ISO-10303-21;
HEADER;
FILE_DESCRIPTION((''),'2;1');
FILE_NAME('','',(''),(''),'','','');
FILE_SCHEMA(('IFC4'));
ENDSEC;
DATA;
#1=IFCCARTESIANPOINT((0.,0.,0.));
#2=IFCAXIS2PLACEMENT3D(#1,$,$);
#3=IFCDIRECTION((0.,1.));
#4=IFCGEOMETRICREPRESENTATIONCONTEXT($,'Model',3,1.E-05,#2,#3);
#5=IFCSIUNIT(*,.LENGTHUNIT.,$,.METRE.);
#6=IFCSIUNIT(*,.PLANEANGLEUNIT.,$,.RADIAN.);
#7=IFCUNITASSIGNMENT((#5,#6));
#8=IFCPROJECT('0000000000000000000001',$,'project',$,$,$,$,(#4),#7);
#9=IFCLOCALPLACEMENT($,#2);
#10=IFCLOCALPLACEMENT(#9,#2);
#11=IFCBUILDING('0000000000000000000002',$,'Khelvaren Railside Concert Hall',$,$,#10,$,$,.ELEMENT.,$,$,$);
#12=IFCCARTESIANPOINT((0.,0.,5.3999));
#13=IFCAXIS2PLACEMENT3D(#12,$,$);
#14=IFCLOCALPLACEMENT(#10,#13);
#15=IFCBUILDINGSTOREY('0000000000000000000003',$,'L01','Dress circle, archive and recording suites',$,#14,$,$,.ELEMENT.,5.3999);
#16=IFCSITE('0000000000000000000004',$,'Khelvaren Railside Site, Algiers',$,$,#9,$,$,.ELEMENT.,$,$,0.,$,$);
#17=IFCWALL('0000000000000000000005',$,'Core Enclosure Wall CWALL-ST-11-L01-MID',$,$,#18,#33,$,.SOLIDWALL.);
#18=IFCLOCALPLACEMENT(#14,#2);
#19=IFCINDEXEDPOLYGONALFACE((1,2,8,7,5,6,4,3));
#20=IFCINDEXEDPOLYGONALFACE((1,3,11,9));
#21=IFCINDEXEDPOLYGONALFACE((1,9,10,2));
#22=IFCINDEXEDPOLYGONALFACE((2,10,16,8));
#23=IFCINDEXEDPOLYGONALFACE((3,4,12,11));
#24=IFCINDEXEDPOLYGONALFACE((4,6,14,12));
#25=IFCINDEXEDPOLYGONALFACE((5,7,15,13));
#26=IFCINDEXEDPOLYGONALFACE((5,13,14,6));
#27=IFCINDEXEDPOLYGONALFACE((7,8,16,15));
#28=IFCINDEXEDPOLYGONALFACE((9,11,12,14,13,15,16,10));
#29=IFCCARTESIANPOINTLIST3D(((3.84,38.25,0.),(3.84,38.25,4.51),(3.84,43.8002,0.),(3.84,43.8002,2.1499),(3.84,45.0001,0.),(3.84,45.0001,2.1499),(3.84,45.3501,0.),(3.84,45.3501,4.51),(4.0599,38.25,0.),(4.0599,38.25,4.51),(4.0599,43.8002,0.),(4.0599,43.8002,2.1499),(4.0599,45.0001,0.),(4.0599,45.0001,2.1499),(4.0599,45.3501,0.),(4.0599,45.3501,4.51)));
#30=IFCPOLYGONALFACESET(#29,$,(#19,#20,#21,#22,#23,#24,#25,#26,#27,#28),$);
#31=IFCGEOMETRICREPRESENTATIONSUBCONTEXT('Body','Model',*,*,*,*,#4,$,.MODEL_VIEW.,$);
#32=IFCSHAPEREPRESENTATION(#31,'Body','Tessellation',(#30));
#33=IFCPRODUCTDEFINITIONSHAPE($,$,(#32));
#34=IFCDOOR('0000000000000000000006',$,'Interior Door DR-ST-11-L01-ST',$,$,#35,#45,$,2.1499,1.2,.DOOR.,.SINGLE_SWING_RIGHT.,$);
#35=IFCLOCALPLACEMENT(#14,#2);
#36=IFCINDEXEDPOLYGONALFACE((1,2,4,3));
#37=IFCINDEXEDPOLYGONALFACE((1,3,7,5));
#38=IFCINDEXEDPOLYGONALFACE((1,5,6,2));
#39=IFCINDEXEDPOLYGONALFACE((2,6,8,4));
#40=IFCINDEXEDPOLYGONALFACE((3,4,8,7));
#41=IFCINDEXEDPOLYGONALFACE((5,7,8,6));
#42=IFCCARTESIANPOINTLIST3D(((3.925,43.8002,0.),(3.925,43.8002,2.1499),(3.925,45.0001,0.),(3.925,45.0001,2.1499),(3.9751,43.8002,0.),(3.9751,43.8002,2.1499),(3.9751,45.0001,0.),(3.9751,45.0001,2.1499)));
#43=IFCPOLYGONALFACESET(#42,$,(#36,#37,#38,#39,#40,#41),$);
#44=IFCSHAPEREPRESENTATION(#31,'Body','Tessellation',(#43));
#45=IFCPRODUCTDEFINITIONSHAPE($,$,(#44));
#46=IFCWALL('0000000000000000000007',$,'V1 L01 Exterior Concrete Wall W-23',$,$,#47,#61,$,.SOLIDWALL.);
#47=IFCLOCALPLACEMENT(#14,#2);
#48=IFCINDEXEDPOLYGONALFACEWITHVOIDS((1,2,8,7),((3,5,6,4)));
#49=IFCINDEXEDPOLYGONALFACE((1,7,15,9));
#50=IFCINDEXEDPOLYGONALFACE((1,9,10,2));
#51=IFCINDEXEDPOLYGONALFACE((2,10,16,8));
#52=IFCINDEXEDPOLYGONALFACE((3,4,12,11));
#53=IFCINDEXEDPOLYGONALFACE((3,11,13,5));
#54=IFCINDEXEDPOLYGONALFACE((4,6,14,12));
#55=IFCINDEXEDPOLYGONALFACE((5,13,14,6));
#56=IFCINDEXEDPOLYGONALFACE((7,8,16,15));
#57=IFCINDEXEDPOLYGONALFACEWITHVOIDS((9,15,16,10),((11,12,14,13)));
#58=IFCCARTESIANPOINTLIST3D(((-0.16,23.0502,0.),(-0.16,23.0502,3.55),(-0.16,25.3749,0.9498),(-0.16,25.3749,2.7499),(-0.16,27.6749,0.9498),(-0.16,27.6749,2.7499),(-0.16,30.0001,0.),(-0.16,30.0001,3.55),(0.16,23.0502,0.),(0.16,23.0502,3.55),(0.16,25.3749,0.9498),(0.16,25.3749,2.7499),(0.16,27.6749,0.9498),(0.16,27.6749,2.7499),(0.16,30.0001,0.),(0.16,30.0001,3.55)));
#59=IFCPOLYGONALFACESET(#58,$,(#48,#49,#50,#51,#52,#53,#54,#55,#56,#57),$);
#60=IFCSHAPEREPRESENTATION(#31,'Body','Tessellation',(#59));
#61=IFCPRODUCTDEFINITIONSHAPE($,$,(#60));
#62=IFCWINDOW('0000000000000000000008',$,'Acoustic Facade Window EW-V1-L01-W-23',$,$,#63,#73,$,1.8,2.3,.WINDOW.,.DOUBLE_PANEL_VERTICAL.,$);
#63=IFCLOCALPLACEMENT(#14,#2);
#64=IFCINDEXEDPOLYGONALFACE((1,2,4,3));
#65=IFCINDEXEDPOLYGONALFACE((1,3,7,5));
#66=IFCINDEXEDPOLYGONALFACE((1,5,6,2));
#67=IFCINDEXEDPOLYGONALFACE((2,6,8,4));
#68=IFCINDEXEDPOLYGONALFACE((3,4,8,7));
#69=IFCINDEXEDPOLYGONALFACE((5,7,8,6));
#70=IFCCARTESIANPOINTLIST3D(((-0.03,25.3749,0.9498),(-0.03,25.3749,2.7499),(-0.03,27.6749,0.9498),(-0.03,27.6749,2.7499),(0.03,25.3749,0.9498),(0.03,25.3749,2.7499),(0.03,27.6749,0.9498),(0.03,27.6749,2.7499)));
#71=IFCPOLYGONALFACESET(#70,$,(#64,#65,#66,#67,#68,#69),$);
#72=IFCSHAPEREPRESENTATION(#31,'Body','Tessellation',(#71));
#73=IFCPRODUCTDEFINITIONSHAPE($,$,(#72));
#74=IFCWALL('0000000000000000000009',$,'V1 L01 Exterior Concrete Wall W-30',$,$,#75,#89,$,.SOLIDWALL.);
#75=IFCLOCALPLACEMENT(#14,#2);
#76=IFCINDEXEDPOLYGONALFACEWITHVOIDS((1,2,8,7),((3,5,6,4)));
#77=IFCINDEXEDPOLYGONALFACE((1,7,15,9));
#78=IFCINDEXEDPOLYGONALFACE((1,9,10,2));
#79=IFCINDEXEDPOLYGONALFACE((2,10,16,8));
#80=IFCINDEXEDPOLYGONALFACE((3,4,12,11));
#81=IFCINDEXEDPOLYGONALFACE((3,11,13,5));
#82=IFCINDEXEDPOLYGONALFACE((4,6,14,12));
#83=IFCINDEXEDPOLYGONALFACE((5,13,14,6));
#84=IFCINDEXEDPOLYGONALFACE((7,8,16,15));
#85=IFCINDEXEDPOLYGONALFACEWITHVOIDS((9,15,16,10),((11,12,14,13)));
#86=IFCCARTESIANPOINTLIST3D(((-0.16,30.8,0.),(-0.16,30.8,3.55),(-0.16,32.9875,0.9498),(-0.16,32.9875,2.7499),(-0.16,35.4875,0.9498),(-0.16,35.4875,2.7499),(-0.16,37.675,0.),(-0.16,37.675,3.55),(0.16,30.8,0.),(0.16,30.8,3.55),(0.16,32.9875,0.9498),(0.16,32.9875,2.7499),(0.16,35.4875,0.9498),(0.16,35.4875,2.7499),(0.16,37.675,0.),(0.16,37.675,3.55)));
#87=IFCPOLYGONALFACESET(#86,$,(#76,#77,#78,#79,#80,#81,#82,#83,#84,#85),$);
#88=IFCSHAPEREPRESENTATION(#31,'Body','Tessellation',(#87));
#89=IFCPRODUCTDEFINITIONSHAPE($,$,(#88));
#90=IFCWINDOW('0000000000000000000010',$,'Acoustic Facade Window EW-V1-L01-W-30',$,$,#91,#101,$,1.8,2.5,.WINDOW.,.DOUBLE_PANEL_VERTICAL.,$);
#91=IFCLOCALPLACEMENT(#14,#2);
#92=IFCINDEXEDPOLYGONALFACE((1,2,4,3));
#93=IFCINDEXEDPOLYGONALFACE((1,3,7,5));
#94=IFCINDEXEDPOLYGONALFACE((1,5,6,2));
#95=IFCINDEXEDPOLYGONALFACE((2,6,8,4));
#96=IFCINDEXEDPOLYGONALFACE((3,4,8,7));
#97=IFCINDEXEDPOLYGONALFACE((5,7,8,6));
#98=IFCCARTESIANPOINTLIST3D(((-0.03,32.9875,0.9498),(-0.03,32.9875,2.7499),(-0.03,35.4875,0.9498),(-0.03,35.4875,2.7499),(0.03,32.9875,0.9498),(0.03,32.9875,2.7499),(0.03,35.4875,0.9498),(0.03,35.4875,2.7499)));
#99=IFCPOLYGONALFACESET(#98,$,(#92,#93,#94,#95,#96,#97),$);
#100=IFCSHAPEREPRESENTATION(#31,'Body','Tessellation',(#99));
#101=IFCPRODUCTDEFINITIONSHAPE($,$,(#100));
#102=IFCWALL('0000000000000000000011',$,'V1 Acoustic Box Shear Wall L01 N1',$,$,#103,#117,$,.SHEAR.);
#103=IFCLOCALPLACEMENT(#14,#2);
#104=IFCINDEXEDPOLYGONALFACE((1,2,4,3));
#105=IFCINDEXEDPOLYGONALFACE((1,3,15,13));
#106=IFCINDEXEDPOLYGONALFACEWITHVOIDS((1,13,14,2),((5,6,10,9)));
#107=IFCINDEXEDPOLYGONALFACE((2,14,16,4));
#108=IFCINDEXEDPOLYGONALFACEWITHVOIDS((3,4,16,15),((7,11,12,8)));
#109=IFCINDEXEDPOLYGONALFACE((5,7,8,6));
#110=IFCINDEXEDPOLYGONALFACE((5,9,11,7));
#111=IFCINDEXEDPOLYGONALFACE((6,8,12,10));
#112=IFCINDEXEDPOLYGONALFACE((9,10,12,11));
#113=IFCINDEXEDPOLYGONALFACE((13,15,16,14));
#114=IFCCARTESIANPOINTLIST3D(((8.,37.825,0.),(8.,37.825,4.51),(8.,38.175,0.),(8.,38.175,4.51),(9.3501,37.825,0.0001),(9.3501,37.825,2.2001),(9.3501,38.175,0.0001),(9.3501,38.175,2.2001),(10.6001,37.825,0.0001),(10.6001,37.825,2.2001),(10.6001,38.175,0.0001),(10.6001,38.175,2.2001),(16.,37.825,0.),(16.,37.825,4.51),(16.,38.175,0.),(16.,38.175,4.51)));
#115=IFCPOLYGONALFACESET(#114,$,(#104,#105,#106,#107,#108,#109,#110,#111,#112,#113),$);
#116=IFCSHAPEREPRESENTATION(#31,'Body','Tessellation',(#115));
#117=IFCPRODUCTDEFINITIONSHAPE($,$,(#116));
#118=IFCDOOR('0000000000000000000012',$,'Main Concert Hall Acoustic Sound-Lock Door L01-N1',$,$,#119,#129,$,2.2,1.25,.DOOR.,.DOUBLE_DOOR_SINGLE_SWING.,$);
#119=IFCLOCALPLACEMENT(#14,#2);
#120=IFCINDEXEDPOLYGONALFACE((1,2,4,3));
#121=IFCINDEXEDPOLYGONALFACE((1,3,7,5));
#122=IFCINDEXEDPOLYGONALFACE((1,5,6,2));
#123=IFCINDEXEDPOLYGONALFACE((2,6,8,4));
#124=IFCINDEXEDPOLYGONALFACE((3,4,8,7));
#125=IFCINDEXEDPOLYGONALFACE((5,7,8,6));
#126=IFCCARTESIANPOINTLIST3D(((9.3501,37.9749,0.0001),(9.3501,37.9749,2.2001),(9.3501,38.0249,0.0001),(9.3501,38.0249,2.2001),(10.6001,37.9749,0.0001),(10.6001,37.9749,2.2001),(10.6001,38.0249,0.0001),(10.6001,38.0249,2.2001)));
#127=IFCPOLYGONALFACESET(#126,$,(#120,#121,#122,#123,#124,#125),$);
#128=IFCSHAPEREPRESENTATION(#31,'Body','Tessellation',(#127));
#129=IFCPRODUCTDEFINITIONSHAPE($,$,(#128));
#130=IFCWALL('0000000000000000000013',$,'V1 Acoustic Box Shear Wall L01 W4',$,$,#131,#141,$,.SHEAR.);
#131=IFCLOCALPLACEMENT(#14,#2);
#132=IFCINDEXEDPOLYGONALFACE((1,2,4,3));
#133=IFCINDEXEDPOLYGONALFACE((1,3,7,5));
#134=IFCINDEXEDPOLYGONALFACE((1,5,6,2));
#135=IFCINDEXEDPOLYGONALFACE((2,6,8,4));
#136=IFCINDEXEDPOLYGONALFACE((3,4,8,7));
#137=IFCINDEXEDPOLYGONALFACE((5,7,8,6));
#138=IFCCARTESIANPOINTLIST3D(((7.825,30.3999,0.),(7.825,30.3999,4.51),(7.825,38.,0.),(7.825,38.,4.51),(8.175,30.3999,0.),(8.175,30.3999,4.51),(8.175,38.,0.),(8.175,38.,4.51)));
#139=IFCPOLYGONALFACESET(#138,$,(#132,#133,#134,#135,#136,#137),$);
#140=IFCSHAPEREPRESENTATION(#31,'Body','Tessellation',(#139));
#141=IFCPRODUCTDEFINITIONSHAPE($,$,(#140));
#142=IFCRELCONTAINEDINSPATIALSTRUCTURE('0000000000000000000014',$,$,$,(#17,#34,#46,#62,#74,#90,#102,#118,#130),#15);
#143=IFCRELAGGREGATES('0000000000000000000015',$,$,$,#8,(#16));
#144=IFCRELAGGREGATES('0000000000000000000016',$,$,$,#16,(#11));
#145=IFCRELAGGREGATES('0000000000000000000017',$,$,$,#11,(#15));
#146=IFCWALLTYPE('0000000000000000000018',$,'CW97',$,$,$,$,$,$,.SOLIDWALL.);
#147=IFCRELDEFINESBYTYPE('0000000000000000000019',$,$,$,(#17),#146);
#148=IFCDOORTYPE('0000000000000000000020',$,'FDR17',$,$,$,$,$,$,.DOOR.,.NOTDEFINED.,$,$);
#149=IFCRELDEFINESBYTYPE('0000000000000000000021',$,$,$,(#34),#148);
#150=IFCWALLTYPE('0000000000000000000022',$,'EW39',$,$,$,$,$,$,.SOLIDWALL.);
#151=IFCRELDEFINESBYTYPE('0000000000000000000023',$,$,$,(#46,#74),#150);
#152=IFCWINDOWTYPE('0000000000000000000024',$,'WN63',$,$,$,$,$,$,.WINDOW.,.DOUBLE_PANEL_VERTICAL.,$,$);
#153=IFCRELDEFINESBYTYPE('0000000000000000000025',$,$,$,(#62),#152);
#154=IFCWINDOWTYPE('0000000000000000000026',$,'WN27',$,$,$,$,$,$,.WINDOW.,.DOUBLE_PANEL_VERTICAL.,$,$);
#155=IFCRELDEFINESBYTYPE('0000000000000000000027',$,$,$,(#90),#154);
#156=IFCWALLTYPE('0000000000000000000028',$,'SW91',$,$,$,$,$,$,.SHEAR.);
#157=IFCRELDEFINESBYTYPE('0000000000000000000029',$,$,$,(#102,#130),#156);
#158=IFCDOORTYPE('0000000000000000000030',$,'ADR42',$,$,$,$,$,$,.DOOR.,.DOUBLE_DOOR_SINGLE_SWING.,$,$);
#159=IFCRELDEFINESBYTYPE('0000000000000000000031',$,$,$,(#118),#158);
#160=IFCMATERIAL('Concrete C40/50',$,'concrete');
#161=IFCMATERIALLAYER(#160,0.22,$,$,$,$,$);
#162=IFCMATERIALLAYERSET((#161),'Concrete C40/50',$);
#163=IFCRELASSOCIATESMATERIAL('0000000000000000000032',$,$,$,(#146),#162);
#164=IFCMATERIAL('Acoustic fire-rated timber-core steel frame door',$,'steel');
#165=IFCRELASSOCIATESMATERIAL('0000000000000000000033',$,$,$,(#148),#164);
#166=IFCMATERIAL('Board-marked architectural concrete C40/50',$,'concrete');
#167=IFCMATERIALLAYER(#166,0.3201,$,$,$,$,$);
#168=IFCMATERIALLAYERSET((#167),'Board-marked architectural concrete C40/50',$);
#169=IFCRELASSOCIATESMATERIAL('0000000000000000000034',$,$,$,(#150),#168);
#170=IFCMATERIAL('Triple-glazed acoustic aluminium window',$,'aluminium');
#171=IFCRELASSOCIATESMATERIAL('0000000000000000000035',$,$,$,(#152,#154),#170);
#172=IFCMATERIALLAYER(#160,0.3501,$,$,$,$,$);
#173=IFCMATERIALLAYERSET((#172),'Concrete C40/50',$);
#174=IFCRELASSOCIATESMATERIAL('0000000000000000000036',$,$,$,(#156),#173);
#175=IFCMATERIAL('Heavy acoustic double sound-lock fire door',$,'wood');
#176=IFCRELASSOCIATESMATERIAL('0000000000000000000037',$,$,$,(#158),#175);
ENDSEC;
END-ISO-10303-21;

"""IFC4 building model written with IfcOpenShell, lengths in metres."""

from ifc_helpers import new_model, si_unit, direction, frame, frame_2d, origin, place, context, subcontext, project, spatial, rectangle, extrude, material, layer, layer_set, type_object, element, fill, save


model = new_model("IFC4")

# Units and contexts
model_context = context("Model", 3, precision=1e-05, world=origin(), true_north=direction((0.0, 1.0)))
body_context = subcontext(model_context, "Body", "Model", "MODEL_VIEW")
ifc_project = project(units=[si_unit("LENGTHUNIT", "METRE"), si_unit("PLANEANGLEUNIT", "RADIAN")], contexts=[model_context])

# Site, building, storey
site_placement = place(None, origin())
site = spatial("IfcSite", under=ifc_project, at=site_placement, Name="Khelvaren Railside Site, Algiers", CompositionType="ELEMENT", RefElevation=0.0)
building_placement = place(site_placement, origin())
building = spatial("IfcBuilding", under=site, at=building_placement, Name="Khelvaren Railside Concert Hall", CompositionType="ELEMENT")
storey_placement = place(building_placement, frame((0.0, 0.0, 5.3999)))
storey = spatial("IfcBuildingStorey", under=building, at=storey_placement, Name="L01", Description="Dress circle, archive and recording suites", CompositionType="ELEMENT", Elevation=5.3999)

# Shared definitions
ifc_material_1 = material(Name="Concrete C40/50", Category="concrete")

# Wall, opening, door
ifc_layer_1 = layer(ifc_material_1, 0.22)
ifc_layer_set_1 = layer_set([ifc_layer_1], Name="Concrete C40/50")
wall_type_1 = type_object("IfcWallType", Name="CW97", PredefinedType="SOLIDWALL", material=ifc_layer_set_1)
wall_1_placement = place(storey_placement, frame((3.95, 38.25, 0.0), z_axis=(0.0, 0.0, 1.0), x_axis=(0.0, 1.0, 0.0)))
wall_1 = element("IfcWall", 1, at=wall_1_placement, inside=storey, type_object=wall_type_1, Name="Core Enclosure Wall CWALL-ST-11-L01-MID", PredefinedType="SOLIDWALL", context=body_context, shape_type="SweptSolid", body=[
    extrude(rectangle(XDim=7.1001, YDim=0.22, at=frame_2d((3.55, 0.0))), origin(), (0.0, 0.0, 1.0), 4.51),
])
opening_1_placement = place(wall_1_placement, frame((5.55, 0.0, 0.0)))
opening_1 = element("IfcOpeningElement", 2, at=opening_1_placement, cuts=wall_1, PredefinedType="OPENING", context=body_context, shape_type="SweptSolid", body=[
    extrude(rectangle(XDim=1.2, YDim=2.1499, at=frame_2d((0.6001, 1.075))), frame((0.0, 0.1199, 0.0), z_axis=(0.0, -1.0, 0.0), x_axis=(1.0, 0.0, 0.0)), (0.0, 0.0, 1.0), 0.24),
])
ifc_material_2 = material(Name="Acoustic fire-rated timber-core steel frame door", Category="steel")
door_type_1 = type_object("IfcDoorType", Name="FDR17", OperationType="NOTDEFINED", PredefinedType="DOOR", material=ifc_material_2)
door_1_placement = place(opening_1_placement, origin())
door_1 = element("IfcDoor", 3, at=door_1_placement, inside=storey, type_object=door_type_1, Name="Interior Door DR-ST-11-L01-ST", OperationType="SINGLE_SWING_RIGHT", OverallHeight=2.1499, OverallWidth=1.2, PredefinedType="DOOR", context=body_context, shape_type="SweptSolid", body=[
    extrude(rectangle(XDim=1.2, YDim=2.1499, at=frame_2d((0.6001, 1.075))), frame((0.0, 0.0249, 0.0), z_axis=(0.0, -1.0, 0.0), x_axis=(1.0, 0.0, 0.0)), (0.0, 0.0, 1.0), 0.05),
])
fill(opening_1, door_1)

# Walls, openings, windows
ifc_material_3 = material(Name="Board-marked architectural concrete C40/50", Category="concrete")
ifc_layer_2 = layer(ifc_material_3, 0.3201)
ifc_layer_set_2 = layer_set([ifc_layer_2], Name="Board-marked architectural concrete C40/50")
wall_type_2 = type_object("IfcWallType", Name="EW39", PredefinedType="SOLIDWALL", material=ifc_layer_set_2)
wall_2_placement = place(storey_placement, frame((0.0, 23.05, 0.0), z_axis=(0.0, 0.0, 1.0), x_axis=(0.0, 1.0, 0.0)))
wall_2 = element("IfcWall", 4, at=wall_2_placement, inside=storey, type_object=wall_type_2, Name="V1 L01 Exterior Concrete Wall W-23", PredefinedType="SOLIDWALL", context=body_context, shape_type="SweptSolid", body=[
    extrude(rectangle(XDim=6.95, YDim=0.3201, at=frame_2d((3.4751, 0.0))), origin(), (0.0, 0.0, 1.0), 3.55),
])
opening_2_placement = place(wall_2_placement, frame((2.325, 0.0, 0.95)))
opening_2 = element("IfcOpeningElement", 5, at=opening_2_placement, cuts=wall_2, PredefinedType="OPENING", context=body_context, shape_type="SweptSolid", body=[
    extrude(rectangle(XDim=2.3, YDim=1.8, at=frame_2d((1.1499, 0.8999))), frame((0.0, 0.1699, 0.0), z_axis=(0.0, -1.0, 0.0), x_axis=(1.0, 0.0, 0.0)), (0.0, 0.0, 1.0), 0.3401),
])
ifc_material_4 = material(Name="Triple-glazed acoustic aluminium window", Category="aluminium")
window_type_1 = type_object("IfcWindowType", Name="WN63", PartitioningType="DOUBLE_PANEL_VERTICAL", PredefinedType="WINDOW", material=ifc_material_4)
window_1_placement = place(opening_2_placement, origin())
window_1 = element("IfcWindow", 6, at=window_1_placement, inside=storey, type_object=window_type_1, Name="Acoustic Facade Window EW-V1-L01-W-23", OverallHeight=1.8, OverallWidth=2.3, PartitioningType="DOUBLE_PANEL_VERTICAL", PredefinedType="WINDOW", context=body_context, shape_type="SweptSolid", body=[
    extrude(rectangle(XDim=2.3, YDim=1.8, at=frame_2d((1.1499, 0.8999))), frame((0.0, 0.03, 0.0), z_axis=(0.0, -1.0, 0.0), x_axis=(1.0, 0.0, 0.0)), (0.0, 0.0, 1.0), 0.0601),
])
fill(opening_2, window_1)
wall_3_placement = place(storey_placement, frame((0.0, 30.8, 0.0), z_axis=(0.0, 0.0, 1.0), x_axis=(0.0, 1.0, 0.0)))
wall_3 = element("IfcWall", 7, at=wall_3_placement, inside=storey, type_object=wall_type_2, Name="V1 L01 Exterior Concrete Wall W-30", PredefinedType="SOLIDWALL", context=body_context, shape_type="SweptSolid", body=[
    extrude(rectangle(XDim=6.875, YDim=0.3201, at=frame_2d((3.4375, 0.0))), origin(), (0.0, 0.0, 1.0), 3.55),
])
opening_3_placement = place(wall_3_placement, frame((2.1875, 0.0, 0.95)))
opening_3 = element("IfcOpeningElement", 8, at=opening_3_placement, cuts=wall_3, PredefinedType="OPENING", context=body_context, shape_type="SweptSolid", body=[
    extrude(rectangle(XDim=2.5, YDim=1.8, at=frame_2d((1.25, 0.8999))), frame((0.0, 0.1699, 0.0), z_axis=(0.0, -1.0, 0.0), x_axis=(1.0, 0.0, 0.0)), (0.0, 0.0, 1.0), 0.3401),
])
window_type_2 = type_object("IfcWindowType", Name="WN27", PartitioningType="DOUBLE_PANEL_VERTICAL", PredefinedType="WINDOW", material=ifc_material_4)
window_2_placement = place(opening_3_placement, origin())
window_2 = element("IfcWindow", 9, at=window_2_placement, inside=storey, type_object=window_type_2, Name="Acoustic Facade Window EW-V1-L01-W-30", OverallHeight=1.8, OverallWidth=2.5, PartitioningType="DOUBLE_PANEL_VERTICAL", PredefinedType="WINDOW", context=body_context, shape_type="SweptSolid", body=[
    extrude(rectangle(XDim=2.5, YDim=1.8, at=frame_2d((1.25, 0.8999))), frame((0.0, 0.03, 0.0), z_axis=(0.0, -1.0, 0.0), x_axis=(1.0, 0.0, 0.0)), (0.0, 0.0, 1.0), 0.0601),
])
fill(opening_3, window_2)

# Wall, opening, door
ifc_layer_3 = layer(ifc_material_1, 0.3501)
ifc_layer_set_3 = layer_set([ifc_layer_3], Name="Concrete C40/50")
wall_type_3 = type_object("IfcWallType", Name="SW91", PredefinedType="SHEAR", material=ifc_layer_set_3)
wall_4_placement = place(storey_placement, frame((8.0, 38.0, 0.0), z_axis=(0.0, 0.0, 1.0), x_axis=(1.0, 0.0, 0.0)))
wall_4 = element("IfcWall", 10, at=wall_4_placement, inside=storey, type_object=wall_type_3, Name="V1 Acoustic Box Shear Wall L01 N1", PredefinedType="SHEAR", context=body_context, shape_type="SweptSolid", body=[
    extrude(rectangle(XDim=8.0, YDim=0.3501, at=frame_2d((4.0, 0.0))), origin(), (0.0, 0.0, 1.0), 4.51),
])
opening_4_placement = place(wall_4_placement, frame((1.3501, 0.0, 0.0)))
opening_4 = element("IfcOpeningElement", 11, at=opening_4_placement, cuts=wall_4, PredefinedType="OPENING", context=body_context, shape_type="SweptSolid", body=[
    extrude(rectangle(XDim=1.25, YDim=2.2, at=frame_2d((0.625, 1.1001))), frame((0.0, 0.1851, 0.0), z_axis=(0.0, -1.0, 0.0), x_axis=(1.0, 0.0, 0.0)), (0.0, 0.0, 1.0), 0.3701),
])
ifc_material_5 = material(Name="Heavy acoustic double sound-lock fire door", Category="wood")
door_type_2 = type_object("IfcDoorType", Name="ADR42", OperationType="DOUBLE_DOOR_SINGLE_SWING", PredefinedType="DOOR", material=ifc_material_5)
door_2_placement = place(opening_4_placement, origin())
door_2 = element("IfcDoor", 12, at=door_2_placement, inside=storey, type_object=door_type_2, Name="Main Concert Hall Acoustic Sound-Lock Door L01-N1", OperationType="DOUBLE_DOOR_SINGLE_SWING", OverallHeight=2.2, OverallWidth=1.25, PredefinedType="DOOR", context=body_context, shape_type="SweptSolid", body=[
    extrude(rectangle(XDim=1.25, YDim=2.2, at=frame_2d((0.625, 1.1001))), frame((0.0, 0.0249, 0.0), z_axis=(0.0, -1.0, 0.0), x_axis=(1.0, 0.0, 0.0)), (0.0, 0.0, 1.0), 0.05),
])
fill(opening_4, door_2)

# Wall
wall_5_placement = place(storey_placement, frame((8.0, 30.3999, 0.0), z_axis=(0.0, 0.0, 1.0), x_axis=(0.0, 1.0, 0.0)))
element("IfcWall", 13, at=wall_5_placement, inside=storey, type_object=wall_type_3, Name="V1 Acoustic Box Shear Wall L01 W4", PredefinedType="SHEAR", context=body_context, shape_type="SweptSolid", body=[
    extrude(rectangle(XDim=7.6001, YDim=0.3501, at=frame_2d((3.8, 0.0))), origin(), (0.0, 0.0, 1.0), 4.51),
])

save(model, "model.ifc")
